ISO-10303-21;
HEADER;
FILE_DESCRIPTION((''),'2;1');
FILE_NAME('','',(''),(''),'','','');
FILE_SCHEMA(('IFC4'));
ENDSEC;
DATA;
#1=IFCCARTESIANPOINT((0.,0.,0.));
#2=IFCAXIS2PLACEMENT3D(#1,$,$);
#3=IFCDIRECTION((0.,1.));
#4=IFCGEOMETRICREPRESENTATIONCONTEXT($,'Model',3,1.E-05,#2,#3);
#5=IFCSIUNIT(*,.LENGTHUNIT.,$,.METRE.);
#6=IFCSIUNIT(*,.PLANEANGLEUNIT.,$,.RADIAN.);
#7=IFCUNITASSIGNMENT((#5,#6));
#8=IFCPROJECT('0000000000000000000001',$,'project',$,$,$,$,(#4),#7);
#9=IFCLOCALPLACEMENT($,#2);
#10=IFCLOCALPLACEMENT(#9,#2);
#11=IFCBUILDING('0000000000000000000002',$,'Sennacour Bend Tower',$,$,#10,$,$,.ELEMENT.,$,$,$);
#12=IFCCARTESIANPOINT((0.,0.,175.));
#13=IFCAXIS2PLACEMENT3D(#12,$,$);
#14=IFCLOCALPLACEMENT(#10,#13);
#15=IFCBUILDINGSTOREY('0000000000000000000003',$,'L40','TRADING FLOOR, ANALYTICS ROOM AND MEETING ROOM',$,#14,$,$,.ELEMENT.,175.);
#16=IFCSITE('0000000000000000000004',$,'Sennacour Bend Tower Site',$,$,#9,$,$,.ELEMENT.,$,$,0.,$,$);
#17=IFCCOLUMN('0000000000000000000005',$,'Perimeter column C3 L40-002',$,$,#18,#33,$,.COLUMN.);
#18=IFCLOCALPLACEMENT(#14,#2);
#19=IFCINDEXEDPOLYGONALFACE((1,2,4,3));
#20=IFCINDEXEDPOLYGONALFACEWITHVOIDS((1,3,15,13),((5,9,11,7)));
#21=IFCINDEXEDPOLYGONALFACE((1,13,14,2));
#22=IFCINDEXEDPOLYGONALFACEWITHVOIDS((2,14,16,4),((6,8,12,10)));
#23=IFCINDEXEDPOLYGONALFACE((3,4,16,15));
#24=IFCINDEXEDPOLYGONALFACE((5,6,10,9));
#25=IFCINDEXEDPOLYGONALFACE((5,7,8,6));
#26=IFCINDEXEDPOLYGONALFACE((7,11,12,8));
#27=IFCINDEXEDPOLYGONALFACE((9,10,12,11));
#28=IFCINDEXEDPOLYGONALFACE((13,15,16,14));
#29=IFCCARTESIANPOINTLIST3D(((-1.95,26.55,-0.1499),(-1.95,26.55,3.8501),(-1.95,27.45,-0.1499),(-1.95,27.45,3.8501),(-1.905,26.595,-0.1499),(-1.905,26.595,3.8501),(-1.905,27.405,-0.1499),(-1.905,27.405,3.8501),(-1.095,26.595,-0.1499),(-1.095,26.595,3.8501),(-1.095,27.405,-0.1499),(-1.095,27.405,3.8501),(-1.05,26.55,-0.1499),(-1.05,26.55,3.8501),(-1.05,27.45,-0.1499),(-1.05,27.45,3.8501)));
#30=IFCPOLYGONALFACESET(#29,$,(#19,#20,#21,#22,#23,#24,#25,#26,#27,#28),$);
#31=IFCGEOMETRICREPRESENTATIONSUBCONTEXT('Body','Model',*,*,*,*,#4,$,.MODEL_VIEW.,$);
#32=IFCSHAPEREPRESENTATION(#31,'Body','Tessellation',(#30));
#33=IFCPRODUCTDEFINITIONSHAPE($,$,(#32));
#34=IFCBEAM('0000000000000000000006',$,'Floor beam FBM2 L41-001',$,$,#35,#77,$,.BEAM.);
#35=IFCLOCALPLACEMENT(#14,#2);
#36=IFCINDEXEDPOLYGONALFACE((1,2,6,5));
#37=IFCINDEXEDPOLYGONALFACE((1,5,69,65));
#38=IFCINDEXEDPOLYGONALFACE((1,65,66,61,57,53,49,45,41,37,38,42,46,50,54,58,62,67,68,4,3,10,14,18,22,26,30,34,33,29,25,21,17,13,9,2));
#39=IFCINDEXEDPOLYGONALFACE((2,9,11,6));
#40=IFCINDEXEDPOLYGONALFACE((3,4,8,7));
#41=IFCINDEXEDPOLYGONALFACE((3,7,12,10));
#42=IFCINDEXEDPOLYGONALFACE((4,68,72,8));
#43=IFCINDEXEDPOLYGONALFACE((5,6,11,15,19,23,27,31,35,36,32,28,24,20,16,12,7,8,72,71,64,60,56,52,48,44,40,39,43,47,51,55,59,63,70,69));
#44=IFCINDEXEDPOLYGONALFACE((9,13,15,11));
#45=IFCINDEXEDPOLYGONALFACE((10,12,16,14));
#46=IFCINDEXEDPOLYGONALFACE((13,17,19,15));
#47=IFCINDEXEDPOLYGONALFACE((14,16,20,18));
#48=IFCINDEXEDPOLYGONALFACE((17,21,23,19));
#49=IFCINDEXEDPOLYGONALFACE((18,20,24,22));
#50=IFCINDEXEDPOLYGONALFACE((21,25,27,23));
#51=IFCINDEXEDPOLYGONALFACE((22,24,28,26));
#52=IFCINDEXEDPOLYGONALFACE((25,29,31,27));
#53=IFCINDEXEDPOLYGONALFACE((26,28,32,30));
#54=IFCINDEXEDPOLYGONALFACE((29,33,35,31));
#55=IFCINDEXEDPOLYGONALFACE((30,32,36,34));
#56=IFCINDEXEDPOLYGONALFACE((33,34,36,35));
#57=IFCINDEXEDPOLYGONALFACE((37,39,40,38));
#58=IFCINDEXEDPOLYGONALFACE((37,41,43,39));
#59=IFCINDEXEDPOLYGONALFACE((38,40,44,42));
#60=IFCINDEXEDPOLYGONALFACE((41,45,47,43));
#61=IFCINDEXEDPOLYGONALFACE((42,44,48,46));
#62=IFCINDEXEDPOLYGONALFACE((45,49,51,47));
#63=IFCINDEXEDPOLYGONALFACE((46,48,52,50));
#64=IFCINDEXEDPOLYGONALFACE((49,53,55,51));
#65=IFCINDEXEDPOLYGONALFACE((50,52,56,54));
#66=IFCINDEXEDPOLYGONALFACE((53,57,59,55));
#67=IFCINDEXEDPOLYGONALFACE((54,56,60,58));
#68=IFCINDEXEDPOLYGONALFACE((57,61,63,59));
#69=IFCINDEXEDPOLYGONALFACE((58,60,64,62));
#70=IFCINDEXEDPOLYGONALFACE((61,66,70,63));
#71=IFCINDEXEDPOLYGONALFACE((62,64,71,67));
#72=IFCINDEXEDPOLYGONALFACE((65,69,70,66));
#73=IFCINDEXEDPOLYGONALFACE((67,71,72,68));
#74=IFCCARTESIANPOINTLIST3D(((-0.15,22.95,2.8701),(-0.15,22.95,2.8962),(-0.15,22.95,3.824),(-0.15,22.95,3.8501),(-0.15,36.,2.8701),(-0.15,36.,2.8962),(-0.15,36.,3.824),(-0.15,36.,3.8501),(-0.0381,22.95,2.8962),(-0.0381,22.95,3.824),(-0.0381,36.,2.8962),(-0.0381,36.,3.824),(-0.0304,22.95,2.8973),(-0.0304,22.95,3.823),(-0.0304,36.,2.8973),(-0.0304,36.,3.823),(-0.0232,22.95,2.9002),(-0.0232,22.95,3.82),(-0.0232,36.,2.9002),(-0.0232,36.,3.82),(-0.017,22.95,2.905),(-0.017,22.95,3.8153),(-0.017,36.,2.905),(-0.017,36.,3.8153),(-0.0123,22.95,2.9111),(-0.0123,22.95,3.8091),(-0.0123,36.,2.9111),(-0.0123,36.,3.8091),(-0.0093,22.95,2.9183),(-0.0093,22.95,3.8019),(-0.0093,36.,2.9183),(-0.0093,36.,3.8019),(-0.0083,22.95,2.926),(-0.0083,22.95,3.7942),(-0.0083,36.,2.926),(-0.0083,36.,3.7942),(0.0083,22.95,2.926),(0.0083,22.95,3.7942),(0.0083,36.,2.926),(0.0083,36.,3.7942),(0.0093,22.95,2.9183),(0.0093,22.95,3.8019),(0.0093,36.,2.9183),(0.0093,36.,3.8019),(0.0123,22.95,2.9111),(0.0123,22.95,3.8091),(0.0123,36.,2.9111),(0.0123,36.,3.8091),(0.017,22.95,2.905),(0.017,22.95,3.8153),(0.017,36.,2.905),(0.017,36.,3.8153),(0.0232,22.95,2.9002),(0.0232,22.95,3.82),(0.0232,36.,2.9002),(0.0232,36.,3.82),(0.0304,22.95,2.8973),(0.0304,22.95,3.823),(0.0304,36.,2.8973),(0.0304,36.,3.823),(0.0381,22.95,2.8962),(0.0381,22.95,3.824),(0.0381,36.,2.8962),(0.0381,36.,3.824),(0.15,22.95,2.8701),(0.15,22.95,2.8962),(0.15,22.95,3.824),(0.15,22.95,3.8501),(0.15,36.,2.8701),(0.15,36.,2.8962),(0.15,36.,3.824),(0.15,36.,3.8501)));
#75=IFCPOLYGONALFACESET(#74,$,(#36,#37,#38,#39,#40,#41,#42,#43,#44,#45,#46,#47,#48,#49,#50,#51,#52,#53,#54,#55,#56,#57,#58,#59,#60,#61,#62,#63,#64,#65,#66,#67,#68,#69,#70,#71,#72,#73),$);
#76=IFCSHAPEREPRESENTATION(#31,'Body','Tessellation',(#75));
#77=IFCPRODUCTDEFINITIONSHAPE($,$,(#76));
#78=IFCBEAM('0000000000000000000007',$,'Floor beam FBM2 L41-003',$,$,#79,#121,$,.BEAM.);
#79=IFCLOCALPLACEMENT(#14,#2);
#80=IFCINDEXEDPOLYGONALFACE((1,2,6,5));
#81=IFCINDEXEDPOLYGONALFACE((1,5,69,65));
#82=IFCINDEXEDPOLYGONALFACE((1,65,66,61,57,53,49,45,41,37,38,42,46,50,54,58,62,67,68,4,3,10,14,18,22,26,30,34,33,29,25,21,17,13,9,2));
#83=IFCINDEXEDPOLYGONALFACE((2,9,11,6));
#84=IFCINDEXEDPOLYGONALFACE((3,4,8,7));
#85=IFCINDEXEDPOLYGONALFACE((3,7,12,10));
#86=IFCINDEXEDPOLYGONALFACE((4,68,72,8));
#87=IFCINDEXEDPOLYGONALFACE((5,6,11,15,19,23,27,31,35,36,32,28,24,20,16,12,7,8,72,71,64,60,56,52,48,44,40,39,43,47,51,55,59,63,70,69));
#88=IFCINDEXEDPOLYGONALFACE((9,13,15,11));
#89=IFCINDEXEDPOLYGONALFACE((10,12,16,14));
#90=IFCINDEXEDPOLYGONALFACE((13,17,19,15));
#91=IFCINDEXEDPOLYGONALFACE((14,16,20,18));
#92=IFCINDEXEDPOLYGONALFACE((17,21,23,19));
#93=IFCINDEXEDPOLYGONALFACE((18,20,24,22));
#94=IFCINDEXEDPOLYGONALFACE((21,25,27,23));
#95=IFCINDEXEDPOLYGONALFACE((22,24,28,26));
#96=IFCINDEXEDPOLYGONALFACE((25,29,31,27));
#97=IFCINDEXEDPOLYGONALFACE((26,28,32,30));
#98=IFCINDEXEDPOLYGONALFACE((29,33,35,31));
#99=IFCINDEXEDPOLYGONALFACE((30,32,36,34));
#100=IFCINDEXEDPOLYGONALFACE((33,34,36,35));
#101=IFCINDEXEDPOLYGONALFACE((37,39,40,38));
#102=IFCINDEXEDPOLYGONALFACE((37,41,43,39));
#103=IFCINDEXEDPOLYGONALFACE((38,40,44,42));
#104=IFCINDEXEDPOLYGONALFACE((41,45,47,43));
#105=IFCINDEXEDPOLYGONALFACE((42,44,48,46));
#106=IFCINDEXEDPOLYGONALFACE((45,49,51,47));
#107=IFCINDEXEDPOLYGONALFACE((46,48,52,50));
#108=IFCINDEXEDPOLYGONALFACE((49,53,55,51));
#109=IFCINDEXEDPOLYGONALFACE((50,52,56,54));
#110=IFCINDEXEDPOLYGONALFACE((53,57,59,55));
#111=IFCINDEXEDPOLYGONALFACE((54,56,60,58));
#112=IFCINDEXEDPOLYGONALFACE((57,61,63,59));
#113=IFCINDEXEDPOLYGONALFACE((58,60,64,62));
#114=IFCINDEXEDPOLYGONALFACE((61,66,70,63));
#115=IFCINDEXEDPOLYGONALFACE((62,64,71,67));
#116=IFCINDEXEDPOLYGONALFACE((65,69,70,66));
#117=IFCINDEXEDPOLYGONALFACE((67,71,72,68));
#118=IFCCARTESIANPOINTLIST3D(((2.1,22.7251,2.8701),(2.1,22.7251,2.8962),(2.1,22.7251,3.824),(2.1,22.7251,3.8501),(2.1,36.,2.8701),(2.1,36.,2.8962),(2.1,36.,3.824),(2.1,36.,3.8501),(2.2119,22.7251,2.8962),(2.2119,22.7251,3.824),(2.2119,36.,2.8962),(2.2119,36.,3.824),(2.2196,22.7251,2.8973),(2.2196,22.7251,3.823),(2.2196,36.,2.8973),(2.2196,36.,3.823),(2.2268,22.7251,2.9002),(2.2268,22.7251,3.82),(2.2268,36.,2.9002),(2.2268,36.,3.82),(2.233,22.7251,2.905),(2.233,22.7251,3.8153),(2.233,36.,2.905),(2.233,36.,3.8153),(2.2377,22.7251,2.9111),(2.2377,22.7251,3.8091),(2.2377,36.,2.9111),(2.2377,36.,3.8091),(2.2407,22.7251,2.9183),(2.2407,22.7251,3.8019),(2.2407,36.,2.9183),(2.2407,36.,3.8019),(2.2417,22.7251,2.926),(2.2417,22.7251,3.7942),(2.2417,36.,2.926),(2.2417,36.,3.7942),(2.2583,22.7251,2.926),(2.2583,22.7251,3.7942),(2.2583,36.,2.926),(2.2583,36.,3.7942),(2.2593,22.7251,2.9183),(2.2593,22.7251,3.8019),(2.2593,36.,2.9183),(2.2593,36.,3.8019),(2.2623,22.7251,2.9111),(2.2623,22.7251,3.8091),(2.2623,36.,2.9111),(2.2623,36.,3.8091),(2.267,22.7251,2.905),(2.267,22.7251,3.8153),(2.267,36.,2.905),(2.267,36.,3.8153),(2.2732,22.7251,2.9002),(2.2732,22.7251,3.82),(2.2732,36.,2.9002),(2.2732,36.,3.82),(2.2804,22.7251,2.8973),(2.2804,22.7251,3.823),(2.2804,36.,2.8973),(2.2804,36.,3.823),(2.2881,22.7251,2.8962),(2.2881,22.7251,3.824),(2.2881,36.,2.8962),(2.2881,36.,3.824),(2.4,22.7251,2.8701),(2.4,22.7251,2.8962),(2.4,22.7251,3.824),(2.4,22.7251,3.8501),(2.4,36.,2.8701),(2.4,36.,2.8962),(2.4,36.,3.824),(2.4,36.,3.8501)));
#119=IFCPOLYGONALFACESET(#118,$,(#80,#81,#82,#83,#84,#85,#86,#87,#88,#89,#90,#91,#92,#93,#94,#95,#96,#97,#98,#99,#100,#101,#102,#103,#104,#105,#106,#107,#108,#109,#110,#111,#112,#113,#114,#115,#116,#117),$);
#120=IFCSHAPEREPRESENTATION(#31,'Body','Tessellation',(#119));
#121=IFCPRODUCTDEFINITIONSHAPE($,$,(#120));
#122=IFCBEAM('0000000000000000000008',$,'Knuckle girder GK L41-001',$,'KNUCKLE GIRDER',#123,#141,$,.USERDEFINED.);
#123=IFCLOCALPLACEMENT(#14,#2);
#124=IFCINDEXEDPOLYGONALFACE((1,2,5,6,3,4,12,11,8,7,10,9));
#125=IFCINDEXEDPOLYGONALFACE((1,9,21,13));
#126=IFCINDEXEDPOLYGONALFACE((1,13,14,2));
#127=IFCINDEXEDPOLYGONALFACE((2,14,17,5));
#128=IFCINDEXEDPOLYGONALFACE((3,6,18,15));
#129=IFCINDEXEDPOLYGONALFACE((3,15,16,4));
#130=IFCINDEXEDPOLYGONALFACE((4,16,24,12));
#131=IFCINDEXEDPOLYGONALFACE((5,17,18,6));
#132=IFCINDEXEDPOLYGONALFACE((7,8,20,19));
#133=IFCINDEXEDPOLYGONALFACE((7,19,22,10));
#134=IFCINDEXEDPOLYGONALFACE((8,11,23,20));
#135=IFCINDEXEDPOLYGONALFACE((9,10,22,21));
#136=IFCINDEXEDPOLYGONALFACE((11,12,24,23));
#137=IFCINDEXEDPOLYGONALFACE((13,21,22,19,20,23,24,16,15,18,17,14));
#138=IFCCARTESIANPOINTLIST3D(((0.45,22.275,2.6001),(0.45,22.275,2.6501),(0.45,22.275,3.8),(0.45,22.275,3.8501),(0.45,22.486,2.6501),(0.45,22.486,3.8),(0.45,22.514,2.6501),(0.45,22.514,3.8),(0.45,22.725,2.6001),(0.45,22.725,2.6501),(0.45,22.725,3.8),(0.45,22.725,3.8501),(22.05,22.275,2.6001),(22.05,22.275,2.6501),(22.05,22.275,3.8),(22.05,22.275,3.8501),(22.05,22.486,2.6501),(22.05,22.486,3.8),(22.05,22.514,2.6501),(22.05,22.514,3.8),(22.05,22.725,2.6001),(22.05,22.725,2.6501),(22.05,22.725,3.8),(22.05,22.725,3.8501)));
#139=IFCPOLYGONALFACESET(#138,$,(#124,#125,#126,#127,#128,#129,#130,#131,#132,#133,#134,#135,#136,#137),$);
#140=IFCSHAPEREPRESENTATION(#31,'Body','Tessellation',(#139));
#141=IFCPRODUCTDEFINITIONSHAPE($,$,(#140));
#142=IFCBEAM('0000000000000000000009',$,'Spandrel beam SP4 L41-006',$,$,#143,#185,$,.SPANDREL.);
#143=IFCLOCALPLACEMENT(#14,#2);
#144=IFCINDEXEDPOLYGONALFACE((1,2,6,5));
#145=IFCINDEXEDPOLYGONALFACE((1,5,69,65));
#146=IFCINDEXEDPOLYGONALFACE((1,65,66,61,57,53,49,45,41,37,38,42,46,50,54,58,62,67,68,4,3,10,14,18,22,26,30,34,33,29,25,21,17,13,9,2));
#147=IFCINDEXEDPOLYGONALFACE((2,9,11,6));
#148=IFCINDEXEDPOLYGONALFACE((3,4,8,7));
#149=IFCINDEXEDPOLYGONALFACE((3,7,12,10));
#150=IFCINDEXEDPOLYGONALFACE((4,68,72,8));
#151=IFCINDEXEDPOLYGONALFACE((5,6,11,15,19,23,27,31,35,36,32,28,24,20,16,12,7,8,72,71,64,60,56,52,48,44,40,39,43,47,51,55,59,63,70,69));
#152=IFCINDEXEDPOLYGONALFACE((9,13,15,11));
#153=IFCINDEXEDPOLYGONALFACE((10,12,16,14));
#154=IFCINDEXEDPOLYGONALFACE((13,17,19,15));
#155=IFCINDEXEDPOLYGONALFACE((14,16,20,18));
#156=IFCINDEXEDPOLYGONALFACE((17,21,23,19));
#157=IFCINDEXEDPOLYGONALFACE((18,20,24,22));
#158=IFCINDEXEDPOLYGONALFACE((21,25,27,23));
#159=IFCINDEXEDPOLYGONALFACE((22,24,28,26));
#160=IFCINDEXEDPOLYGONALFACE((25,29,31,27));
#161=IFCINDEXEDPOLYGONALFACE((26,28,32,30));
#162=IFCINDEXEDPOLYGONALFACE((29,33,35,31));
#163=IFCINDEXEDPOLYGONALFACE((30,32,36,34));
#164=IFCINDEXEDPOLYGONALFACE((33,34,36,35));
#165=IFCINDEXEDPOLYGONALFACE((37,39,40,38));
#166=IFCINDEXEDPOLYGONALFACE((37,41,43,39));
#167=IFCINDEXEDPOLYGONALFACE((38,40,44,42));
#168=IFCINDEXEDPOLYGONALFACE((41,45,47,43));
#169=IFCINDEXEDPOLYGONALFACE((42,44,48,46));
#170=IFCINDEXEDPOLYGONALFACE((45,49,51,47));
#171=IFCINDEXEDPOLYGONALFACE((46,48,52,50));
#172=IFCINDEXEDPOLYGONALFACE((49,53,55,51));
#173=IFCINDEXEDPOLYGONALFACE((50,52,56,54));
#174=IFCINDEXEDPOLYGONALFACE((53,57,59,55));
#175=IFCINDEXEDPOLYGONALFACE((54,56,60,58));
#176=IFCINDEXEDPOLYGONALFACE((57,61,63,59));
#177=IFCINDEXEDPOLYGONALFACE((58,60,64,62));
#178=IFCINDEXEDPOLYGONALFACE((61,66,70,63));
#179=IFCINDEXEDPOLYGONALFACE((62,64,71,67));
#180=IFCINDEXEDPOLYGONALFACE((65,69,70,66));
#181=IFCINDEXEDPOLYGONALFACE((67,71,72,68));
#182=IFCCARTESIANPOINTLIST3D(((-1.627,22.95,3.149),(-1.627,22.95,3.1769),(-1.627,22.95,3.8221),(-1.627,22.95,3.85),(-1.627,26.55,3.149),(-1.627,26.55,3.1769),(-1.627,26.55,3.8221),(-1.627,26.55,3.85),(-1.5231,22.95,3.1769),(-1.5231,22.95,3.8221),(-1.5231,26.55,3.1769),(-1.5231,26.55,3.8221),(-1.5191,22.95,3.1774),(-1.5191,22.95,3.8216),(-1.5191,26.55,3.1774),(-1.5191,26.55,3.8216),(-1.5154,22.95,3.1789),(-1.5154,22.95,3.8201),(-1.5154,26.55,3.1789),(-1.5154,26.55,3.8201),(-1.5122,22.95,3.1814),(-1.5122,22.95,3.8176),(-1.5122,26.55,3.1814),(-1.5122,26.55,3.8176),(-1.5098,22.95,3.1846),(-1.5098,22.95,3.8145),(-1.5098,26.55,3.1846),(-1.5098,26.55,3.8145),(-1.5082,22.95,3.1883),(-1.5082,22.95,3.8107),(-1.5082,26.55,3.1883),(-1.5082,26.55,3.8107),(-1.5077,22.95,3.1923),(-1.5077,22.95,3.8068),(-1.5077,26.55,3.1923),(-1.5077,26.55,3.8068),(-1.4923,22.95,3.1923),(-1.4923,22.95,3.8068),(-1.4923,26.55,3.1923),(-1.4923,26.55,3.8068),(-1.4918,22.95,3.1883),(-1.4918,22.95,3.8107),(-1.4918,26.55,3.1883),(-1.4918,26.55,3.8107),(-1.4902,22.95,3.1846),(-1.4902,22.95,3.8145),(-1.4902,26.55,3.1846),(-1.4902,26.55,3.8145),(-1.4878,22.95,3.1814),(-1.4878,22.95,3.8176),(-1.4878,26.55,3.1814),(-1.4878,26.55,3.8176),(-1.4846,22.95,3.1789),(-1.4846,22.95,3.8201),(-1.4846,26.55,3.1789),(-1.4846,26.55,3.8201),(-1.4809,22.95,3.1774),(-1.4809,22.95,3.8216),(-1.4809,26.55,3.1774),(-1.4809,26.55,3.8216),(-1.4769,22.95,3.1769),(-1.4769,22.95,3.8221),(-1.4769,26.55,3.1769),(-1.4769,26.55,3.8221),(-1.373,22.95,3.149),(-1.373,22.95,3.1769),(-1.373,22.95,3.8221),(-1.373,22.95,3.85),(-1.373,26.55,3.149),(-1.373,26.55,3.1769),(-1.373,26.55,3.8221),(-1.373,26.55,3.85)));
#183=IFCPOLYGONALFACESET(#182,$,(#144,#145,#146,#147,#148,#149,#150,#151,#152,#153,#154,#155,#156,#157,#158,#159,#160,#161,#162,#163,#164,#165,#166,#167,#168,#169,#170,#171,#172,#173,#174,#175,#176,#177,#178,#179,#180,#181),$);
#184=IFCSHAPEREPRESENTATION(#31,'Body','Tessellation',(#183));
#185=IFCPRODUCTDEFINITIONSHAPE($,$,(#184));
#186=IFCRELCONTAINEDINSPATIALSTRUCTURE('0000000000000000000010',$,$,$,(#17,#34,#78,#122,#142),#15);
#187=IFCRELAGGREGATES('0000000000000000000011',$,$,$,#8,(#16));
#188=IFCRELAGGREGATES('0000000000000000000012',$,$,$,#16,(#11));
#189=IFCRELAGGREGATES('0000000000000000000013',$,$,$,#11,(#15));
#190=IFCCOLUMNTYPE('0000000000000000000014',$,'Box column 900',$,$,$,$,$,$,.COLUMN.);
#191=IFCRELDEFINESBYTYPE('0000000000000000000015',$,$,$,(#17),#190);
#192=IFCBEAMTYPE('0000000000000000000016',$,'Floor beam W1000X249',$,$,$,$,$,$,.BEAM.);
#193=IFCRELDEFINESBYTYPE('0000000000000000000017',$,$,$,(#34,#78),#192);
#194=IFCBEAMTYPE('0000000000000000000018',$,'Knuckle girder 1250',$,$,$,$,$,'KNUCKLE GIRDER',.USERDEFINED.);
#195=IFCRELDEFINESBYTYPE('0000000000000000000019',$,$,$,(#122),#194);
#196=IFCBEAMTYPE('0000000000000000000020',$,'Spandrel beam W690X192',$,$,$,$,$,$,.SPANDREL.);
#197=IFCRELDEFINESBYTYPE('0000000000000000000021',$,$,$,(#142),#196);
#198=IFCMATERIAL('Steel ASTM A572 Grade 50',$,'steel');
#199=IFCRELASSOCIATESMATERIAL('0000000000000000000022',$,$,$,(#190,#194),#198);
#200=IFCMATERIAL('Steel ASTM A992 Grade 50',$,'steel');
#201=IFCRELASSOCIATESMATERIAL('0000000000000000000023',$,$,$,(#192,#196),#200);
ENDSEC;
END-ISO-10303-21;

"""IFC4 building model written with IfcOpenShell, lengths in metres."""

from ifc_helpers import new_model, si_unit, direction, frame, origin, origin_2d, place, context, subcontext, project, spatial, hollow_rectangle, i_section, extrude, material, material_profile, profile_set, type_object, element, save


model = new_model("IFC4")

# Units and contexts
model_context = context("Model", 3, precision=1e-05, world=origin(), true_north=direction((0.0, 1.0)))
body_context = subcontext(model_context, "Body", "Model", "MODEL_VIEW")
ifc_project = project(units=[si_unit("LENGTHUNIT", "METRE"), si_unit("PLANEANGLEUNIT", "RADIAN")], contexts=[model_context])

# Site, building, storey
site_placement = place(None, origin())
site = spatial("IfcSite", under=ifc_project, at=site_placement, Name="Sennacour Bend Tower Site", CompositionType="ELEMENT", RefElevation=0.0)
building_placement = place(site_placement, origin())
building = spatial("IfcBuilding", under=site, at=building_placement, Name="Sennacour Bend Tower", CompositionType="ELEMENT")
storey_placement = place(building_placement, frame((0.0, 0.0, 175.0)))
storey = spatial("IfcBuildingStorey", under=building, at=storey_placement, Name="L40", Description="TRADING FLOOR, ANALYTICS ROOM AND MEETING ROOM", CompositionType="ELEMENT", Elevation=175.0)

# Column
ifc_material_1 = material(Name="Steel ASTM A572 Grade 50", Category="steel")
ifc_material_profile_1 = material_profile(ifc_material_1, hollow_rectangle(XDim=0.8999, YDim=0.8999, WallThickness=0.0449, at=origin_2d()), Name="Steel ASTM A572 Grade 50", Category="steel")
ifc_profile_set_1 = profile_set([ifc_material_profile_1], Name="Steel ASTM A572 Grade 50")
column_type = type_object("IfcColumnType", Name="Box column 900", PredefinedType="COLUMN", material=ifc_profile_set_1)
column_placement = place(storey_placement, frame((-1.5, 27.0, -0.1499), z_axis=(0.0, 0.0, 1.0), x_axis=(1.0, 0.0, 0.0)))
element("IfcColumn", 1, at=column_placement, inside=storey, type_object=column_type, Name="Perimeter column C3 L40-002", PredefinedType="COLUMN", context=body_context, shape_type="SweptSolid", body=[
    extrude(hollow_rectangle(XDim=0.8999, YDim=0.8999, WallThickness=0.0449, at=origin_2d()), origin(), (0.0, 0.0, 1.0), 4.0),
])

# Beams
ifc_material_2 = material(Name="Steel ASTM A992 Grade 50", Category="steel")
ifc_material_profile_2 = material_profile(ifc_material_2, i_section(OverallWidth=0.3, OverallDepth=0.98, WebThickness=0.0166, FlangeThickness=0.0261, FilletRadius=0.0298, at=origin_2d()), Name="Steel ASTM A992 Grade 50", Category="steel")
ifc_profile_set_2 = profile_set([ifc_material_profile_2], Name="Steel ASTM A992 Grade 50")
beam_type_1 = type_object("IfcBeamType", Name="Floor beam W1000X249", PredefinedType="BEAM", material=ifc_profile_set_2)
beam_1_placement = place(storey_placement, frame((0.0, 22.95, 3.3601), z_axis=(0.0, 1.0, 0.0), x_axis=(-1.0, 0.0, 0.0)))
element("IfcBeam", 2, at=beam_1_placement, inside=storey, type_object=beam_type_1, Name="Floor beam FBM2 L41-001", PredefinedType="BEAM", context=body_context, shape_type="SweptSolid", body=[
    extrude(i_section(OverallWidth=0.3, OverallDepth=0.98, WebThickness=0.0166, FlangeThickness=0.0261, FilletRadius=0.0298, at=origin_2d()), origin(), (0.0, 0.0, 1.0), 13.05),
])
beam_2_placement = place(storey_placement, frame((2.25, 22.7251, 3.3601), z_axis=(0.0, 1.0, 0.0), x_axis=(-1.0, 0.0, 0.0)))
element("IfcBeam", 3, at=beam_2_placement, inside=storey, type_object=beam_type_1, Name="Floor beam FBM2 L41-003", PredefinedType="BEAM", context=body_context, shape_type="SweptSolid", body=[
    extrude(i_section(OverallWidth=0.3, OverallDepth=0.98, WebThickness=0.0166, FlangeThickness=0.0261, FilletRadius=0.0298, at=origin_2d()), origin(), (0.0, 0.0, 1.0), 13.2749),
])
ifc_material_profile_3 = material_profile(ifc_material_1, i_section(OverallWidth=0.45, OverallDepth=1.25, WebThickness=0.0281, FlangeThickness=0.05, at=origin_2d()), Name="Steel ASTM A572 Grade 50", Category="steel")
ifc_profile_set_3 = profile_set([ifc_material_profile_3], Name="Steel ASTM A572 Grade 50")
beam_type_2 = type_object("IfcBeamType", Name="Knuckle girder 1250", ElementType="KNUCKLE GIRDER", PredefinedType="USERDEFINED", material=ifc_profile_set_3)
beam_3_placement = place(storey_placement, frame((0.45, 22.5, 3.2251), z_axis=(1.0, 0.0, 0.0), x_axis=(0.0, 1.0, 0.0)))
element("IfcBeam", 4, at=beam_3_placement, inside=storey, type_object=beam_type_2, Name="Knuckle girder GK L41-001", ObjectType="KNUCKLE GIRDER", PredefinedType="USERDEFINED", context=body_context, shape_type="SweptSolid", body=[
    extrude(i_section(OverallWidth=0.45, OverallDepth=1.25, WebThickness=0.0281, FlangeThickness=0.05, at=origin_2d()), origin(), (0.0, 0.0, 1.0), 21.6001),
])
ifc_material_profile_4 = material_profile(ifc_material_2, i_section(OverallWidth=0.2539, OverallDepth=0.7009, WebThickness=0.0154, FlangeThickness=0.0278, FilletRadius=0.0154, at=origin_2d()), Name="Steel ASTM A992 Grade 50", Category="steel")
ifc_profile_set_4 = profile_set([ifc_material_profile_4], Name="Steel ASTM A992 Grade 50")
beam_type_3 = type_object("IfcBeamType", Name="Spandrel beam W690X192", PredefinedType="SPANDREL", material=ifc_profile_set_4)
for number, where, z_axis, x_axis, name in (
    (5, (-1.5, 22.95, 3.4995), (0.0, 1.0, 0.0), (-1.0, 0.0, 0.0), "Spandrel beam SP4 L41-006"),
):
    element("IfcBeam", number, at=place(storey_placement, frame(where, z_axis=z_axis, x_axis=x_axis)), inside=storey, type_object=beam_type_3, Name=name, PredefinedType="SPANDREL", context=body_context, shape_type="SweptSolid", body=[
        extrude(i_section(OverallWidth=0.2539, OverallDepth=0.7009, WebThickness=0.0154, FlangeThickness=0.0278, FilletRadius=0.0154, at=origin_2d()), origin(), (0.0, 0.0, 1.0), 3.6001),
    ])

save(model, "model.ifc")
